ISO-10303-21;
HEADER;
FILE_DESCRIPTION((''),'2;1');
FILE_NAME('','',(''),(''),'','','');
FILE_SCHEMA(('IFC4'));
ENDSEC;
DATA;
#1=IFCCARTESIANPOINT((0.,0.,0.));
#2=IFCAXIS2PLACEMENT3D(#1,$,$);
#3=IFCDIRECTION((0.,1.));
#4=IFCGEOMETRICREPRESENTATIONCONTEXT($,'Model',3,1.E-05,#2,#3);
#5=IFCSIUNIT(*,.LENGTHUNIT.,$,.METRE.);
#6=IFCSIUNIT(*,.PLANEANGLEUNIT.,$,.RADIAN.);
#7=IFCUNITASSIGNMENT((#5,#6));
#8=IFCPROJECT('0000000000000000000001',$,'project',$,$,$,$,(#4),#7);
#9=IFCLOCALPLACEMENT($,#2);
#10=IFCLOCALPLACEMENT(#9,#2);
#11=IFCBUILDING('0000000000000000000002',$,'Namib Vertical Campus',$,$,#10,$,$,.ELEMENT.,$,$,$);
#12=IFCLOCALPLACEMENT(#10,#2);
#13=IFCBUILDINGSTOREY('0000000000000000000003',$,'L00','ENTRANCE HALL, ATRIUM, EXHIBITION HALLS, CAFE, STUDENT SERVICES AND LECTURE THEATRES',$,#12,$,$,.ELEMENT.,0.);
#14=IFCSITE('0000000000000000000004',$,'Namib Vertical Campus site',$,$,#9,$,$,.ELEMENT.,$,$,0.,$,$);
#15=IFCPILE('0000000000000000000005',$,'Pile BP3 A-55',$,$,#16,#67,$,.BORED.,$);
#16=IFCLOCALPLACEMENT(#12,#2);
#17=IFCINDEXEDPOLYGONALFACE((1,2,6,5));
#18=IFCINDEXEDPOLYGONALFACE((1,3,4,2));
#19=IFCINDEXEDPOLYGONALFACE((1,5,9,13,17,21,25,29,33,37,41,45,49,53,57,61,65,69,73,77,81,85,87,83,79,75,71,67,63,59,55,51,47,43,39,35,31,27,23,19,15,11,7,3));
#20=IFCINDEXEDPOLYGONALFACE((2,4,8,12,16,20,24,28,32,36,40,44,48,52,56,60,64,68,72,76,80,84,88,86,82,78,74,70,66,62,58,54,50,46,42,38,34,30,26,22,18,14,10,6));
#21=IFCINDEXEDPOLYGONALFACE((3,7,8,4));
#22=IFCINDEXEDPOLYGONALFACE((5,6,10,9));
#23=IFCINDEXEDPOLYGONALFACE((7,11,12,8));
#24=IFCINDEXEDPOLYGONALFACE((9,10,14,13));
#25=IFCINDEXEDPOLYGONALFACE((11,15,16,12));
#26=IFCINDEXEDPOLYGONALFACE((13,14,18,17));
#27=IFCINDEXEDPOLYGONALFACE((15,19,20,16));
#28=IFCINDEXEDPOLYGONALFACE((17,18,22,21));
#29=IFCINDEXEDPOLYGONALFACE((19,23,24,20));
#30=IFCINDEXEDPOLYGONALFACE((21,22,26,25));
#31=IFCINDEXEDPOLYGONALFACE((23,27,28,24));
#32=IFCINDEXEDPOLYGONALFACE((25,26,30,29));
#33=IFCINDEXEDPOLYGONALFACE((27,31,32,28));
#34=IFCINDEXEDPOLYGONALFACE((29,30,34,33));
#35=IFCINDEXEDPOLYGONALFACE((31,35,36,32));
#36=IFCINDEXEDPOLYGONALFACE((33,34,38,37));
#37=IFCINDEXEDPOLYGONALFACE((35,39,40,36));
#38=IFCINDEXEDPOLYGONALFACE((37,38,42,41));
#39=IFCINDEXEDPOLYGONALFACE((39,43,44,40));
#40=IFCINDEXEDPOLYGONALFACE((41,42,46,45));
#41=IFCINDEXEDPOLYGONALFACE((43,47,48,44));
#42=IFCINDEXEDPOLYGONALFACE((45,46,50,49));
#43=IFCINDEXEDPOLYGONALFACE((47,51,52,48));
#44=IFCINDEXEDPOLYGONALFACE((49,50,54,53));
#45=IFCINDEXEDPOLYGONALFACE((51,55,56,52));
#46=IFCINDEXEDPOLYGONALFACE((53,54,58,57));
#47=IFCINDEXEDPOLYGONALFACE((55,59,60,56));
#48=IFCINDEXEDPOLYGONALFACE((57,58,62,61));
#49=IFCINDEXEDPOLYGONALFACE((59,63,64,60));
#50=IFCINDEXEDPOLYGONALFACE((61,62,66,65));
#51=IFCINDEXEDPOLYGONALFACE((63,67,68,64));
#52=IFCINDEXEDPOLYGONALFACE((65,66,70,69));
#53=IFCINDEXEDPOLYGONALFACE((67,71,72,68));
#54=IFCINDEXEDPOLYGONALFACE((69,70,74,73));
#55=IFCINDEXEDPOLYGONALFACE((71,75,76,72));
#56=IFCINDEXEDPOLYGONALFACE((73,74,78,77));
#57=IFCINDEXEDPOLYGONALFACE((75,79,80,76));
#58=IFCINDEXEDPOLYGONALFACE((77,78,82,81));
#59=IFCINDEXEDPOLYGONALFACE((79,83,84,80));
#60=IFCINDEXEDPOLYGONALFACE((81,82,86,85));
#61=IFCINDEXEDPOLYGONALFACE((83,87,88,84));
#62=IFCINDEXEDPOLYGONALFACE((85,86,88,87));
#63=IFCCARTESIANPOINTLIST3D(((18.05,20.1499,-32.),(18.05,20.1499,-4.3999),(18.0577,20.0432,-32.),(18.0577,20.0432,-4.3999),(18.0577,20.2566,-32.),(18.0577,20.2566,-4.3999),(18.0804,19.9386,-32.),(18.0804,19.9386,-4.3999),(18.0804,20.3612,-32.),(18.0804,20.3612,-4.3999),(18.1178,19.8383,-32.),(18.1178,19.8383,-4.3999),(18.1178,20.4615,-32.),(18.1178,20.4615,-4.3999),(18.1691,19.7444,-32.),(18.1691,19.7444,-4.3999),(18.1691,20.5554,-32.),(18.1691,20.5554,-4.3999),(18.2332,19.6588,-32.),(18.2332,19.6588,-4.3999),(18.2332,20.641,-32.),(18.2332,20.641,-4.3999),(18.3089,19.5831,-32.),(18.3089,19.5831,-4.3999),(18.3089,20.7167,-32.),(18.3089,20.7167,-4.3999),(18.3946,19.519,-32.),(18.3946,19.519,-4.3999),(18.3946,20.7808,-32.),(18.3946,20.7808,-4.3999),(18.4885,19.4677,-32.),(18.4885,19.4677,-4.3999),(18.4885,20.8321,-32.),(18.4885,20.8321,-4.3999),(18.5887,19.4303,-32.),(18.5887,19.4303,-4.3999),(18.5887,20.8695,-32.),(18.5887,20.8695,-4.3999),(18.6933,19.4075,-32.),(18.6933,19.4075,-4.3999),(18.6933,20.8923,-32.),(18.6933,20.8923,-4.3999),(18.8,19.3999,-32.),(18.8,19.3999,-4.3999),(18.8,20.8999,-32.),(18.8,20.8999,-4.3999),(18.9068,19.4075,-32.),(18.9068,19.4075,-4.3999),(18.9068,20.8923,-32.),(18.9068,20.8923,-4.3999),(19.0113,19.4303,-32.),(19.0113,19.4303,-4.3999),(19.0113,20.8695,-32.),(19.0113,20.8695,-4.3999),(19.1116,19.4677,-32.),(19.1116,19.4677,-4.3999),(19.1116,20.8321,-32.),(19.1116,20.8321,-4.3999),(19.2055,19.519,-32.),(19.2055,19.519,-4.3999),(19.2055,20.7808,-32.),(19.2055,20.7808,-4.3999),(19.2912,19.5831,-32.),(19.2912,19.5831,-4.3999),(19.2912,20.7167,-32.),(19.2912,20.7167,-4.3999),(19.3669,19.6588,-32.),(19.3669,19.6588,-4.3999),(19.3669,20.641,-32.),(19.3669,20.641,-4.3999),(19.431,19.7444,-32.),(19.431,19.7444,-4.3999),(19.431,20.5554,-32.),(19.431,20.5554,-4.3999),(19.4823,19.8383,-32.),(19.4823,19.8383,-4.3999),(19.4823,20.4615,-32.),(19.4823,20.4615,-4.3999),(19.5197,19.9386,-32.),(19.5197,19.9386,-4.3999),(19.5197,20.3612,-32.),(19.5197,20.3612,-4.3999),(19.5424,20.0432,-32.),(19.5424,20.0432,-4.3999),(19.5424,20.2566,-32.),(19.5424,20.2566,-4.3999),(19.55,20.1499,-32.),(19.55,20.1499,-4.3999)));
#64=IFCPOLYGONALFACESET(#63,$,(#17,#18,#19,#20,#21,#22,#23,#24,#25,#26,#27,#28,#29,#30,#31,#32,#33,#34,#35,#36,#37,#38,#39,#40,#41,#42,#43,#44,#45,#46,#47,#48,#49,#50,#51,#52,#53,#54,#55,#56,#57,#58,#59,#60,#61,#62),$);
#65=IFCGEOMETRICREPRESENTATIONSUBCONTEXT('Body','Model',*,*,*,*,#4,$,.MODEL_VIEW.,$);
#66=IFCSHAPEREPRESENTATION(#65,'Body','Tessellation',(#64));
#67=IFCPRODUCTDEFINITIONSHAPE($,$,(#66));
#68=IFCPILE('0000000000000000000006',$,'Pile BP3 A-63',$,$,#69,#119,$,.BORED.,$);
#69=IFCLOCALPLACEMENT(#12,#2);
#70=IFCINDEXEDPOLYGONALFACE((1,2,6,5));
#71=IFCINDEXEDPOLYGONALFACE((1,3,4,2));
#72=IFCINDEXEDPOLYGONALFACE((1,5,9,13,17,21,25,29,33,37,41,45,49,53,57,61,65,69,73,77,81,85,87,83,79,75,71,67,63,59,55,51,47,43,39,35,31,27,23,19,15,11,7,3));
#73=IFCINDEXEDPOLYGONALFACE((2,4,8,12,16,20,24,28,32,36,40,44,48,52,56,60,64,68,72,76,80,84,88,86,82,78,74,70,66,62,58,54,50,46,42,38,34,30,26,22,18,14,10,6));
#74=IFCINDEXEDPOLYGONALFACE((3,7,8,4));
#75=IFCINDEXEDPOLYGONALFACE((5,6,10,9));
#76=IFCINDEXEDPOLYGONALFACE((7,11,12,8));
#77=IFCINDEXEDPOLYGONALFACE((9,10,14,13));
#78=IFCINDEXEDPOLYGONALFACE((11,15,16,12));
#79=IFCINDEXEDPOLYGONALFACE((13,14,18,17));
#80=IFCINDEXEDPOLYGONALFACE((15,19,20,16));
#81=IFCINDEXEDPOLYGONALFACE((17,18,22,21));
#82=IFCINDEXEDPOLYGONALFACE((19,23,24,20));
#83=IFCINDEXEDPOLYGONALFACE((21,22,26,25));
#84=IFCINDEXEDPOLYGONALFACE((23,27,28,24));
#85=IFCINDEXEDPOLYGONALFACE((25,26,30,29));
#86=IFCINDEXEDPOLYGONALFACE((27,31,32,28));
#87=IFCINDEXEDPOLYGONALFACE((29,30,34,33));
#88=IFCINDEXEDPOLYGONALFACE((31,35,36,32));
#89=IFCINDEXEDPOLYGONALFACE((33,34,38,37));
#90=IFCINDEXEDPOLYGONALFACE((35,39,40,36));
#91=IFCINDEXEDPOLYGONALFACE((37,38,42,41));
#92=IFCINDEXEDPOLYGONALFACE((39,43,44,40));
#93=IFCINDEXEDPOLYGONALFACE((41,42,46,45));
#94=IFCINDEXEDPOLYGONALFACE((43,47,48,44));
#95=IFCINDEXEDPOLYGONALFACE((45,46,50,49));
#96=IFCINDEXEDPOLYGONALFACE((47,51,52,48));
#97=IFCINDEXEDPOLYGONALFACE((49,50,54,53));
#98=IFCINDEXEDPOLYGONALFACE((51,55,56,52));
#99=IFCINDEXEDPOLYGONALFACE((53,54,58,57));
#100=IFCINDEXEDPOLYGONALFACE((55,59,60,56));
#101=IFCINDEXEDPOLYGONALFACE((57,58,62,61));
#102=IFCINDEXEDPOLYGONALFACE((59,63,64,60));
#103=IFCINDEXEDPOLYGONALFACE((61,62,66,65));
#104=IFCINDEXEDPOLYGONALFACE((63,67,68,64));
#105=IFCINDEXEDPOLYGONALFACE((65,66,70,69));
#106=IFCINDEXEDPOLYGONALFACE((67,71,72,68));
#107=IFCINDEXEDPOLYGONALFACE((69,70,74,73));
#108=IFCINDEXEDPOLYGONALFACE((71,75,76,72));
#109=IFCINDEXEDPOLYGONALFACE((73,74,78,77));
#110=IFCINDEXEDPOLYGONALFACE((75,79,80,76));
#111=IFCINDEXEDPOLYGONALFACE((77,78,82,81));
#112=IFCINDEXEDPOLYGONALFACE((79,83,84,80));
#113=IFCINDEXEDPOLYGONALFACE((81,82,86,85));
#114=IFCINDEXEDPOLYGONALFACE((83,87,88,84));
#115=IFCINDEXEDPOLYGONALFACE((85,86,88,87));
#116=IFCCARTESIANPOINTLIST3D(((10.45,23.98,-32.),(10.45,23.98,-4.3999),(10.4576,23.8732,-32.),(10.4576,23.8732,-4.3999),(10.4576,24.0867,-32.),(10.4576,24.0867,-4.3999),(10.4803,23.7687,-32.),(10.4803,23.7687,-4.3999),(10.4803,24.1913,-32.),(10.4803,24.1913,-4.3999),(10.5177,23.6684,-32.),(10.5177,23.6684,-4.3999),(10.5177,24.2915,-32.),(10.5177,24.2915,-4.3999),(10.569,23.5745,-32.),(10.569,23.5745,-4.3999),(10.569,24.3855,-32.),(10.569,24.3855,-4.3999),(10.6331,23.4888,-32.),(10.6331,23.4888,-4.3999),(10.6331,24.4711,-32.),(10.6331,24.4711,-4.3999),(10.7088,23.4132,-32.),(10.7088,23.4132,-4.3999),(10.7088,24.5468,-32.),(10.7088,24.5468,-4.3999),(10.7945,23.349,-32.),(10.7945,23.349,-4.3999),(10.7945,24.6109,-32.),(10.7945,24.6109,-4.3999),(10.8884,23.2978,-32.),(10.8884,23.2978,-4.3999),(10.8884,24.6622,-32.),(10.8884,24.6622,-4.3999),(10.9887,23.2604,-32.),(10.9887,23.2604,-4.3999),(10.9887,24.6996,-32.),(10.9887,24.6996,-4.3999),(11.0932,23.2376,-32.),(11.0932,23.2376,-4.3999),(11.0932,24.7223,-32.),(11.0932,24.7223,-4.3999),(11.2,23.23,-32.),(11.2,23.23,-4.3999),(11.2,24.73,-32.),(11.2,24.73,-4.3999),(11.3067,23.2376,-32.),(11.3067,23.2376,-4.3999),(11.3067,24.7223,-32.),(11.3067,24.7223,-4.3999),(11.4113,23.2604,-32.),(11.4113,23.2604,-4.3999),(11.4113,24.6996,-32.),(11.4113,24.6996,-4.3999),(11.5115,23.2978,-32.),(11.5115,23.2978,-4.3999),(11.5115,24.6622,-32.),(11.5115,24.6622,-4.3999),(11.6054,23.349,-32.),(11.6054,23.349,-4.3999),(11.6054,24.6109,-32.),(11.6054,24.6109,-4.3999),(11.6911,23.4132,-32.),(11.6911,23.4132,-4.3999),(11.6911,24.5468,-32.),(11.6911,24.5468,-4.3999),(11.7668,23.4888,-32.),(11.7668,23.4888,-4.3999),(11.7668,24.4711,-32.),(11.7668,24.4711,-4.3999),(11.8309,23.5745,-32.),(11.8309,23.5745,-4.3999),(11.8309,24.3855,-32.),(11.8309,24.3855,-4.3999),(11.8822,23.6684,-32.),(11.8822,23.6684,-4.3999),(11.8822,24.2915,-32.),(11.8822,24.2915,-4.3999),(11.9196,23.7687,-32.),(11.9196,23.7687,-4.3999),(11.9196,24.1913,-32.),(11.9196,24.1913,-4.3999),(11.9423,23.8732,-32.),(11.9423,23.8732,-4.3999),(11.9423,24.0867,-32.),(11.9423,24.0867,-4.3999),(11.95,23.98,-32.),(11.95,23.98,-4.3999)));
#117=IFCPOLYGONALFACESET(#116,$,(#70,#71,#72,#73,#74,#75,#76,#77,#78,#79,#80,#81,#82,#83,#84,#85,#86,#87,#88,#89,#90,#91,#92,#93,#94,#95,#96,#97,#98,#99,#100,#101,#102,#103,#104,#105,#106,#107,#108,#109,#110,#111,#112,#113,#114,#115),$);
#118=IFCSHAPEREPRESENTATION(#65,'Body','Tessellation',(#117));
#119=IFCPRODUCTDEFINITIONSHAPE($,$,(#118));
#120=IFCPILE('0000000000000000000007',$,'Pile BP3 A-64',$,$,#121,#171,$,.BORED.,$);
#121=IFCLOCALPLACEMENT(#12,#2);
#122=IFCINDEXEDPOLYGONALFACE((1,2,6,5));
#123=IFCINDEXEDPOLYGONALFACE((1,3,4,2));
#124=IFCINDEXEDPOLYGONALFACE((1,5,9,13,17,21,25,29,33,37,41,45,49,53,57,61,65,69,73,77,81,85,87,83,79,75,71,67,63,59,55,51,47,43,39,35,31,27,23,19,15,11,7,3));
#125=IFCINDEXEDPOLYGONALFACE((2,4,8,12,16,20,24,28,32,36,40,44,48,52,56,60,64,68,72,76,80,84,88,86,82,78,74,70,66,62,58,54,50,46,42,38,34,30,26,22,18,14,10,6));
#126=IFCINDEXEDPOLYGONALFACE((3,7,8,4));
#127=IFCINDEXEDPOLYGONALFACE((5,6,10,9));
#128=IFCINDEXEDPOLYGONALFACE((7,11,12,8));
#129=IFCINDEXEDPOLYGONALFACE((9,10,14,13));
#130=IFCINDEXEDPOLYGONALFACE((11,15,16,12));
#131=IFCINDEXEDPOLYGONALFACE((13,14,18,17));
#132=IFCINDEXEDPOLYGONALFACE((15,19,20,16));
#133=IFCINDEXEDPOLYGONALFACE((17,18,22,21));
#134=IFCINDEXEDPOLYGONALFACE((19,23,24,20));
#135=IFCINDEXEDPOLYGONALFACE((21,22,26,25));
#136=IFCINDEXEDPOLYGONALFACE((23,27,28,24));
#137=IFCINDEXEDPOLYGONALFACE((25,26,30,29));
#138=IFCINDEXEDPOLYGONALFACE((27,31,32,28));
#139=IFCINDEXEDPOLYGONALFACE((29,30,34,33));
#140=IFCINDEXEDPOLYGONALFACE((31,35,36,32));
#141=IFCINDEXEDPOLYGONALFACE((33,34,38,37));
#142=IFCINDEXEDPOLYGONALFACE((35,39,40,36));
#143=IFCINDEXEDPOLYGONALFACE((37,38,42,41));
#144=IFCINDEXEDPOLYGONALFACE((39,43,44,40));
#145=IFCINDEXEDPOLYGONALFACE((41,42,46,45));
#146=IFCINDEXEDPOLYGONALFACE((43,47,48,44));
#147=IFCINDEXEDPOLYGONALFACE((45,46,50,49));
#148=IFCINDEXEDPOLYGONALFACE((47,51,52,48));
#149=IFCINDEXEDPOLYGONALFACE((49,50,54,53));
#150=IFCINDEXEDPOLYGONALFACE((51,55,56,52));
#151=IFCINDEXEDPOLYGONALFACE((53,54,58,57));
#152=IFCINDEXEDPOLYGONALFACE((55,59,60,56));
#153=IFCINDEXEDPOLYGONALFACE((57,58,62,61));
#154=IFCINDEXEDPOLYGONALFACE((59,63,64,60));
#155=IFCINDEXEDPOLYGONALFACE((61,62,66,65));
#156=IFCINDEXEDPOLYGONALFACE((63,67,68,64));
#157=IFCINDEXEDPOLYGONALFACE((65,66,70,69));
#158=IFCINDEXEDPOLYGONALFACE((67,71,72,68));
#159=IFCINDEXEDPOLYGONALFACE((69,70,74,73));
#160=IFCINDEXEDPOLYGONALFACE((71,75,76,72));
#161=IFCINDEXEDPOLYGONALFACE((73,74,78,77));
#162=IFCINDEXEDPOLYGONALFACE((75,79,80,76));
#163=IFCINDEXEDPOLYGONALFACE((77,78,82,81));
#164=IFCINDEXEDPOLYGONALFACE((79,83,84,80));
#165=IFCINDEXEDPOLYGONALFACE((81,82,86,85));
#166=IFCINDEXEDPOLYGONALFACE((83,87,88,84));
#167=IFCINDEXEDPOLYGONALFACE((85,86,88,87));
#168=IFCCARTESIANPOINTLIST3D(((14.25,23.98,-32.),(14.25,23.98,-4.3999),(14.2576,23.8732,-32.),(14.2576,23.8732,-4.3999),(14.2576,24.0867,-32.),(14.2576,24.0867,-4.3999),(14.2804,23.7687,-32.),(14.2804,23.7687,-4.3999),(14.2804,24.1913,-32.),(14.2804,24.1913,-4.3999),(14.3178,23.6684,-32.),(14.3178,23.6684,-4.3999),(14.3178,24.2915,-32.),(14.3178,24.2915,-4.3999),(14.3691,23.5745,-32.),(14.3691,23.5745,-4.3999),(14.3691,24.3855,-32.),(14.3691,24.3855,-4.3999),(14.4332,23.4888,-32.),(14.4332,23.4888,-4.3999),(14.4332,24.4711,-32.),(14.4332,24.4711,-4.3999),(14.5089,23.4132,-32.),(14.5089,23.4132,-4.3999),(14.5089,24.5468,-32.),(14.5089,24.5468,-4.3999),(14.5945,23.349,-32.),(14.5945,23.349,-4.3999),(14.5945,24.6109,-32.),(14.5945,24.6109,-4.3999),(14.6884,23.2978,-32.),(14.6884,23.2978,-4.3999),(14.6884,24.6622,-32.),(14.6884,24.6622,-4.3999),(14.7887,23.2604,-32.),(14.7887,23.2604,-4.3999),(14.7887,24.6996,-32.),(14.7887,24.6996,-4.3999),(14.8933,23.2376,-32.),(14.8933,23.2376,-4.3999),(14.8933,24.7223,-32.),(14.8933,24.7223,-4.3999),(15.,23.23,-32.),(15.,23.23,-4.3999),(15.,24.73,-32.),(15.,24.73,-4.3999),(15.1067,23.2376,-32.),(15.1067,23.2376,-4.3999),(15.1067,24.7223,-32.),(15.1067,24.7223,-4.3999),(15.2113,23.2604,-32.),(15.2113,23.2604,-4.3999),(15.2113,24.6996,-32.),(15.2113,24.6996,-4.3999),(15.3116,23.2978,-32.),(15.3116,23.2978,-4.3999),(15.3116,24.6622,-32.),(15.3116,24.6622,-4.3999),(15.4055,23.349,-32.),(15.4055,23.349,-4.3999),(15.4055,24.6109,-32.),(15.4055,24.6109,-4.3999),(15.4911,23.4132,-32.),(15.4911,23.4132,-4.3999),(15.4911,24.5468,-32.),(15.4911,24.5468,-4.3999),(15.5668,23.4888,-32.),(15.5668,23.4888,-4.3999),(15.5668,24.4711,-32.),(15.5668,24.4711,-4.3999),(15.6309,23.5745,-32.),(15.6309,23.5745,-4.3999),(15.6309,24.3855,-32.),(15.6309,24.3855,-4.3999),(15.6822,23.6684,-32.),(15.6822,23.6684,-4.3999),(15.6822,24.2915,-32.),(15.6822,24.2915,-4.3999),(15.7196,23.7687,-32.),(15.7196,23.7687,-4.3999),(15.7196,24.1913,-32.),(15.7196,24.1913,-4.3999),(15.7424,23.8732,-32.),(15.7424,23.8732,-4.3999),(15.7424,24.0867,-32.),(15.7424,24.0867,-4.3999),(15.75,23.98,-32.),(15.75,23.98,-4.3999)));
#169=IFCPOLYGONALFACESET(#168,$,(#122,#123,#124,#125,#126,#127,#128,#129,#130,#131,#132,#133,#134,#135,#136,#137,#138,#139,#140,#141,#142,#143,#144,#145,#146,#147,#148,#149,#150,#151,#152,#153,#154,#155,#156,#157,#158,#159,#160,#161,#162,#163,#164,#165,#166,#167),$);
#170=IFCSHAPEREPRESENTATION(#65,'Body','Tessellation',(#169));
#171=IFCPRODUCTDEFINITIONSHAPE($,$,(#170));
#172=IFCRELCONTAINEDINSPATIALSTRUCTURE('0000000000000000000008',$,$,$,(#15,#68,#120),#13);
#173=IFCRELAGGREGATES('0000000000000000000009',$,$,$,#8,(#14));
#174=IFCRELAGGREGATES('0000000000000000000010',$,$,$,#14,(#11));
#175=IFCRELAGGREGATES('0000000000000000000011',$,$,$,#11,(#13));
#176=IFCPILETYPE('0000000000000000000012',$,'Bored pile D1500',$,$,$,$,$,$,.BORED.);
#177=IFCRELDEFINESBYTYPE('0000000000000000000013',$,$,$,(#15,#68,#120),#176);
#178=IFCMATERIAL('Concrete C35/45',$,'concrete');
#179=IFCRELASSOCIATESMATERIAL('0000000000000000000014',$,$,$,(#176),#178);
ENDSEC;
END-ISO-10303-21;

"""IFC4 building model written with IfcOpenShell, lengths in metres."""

from ifc_helpers import new_model, si_unit, direction, frame, origin, origin_2d, place, context, subcontext, project, spatial, circle, extrude, material, material_profile, profile_set, type_object, element, save


model = new_model("IFC4")

# Units and contexts
model_context = context("Model", 3, precision=1e-05, world=origin(), true_north=direction((0.0, 1.0)))
body_context = subcontext(model_context, "Body", "Model", "MODEL_VIEW")
ifc_project = project(units=[si_unit("LENGTHUNIT", "METRE"), si_unit("PLANEANGLEUNIT", "RADIAN")], contexts=[model_context])

# Site, building, storey
site_placement = place(None, origin())
site = spatial("IfcSite", under=ifc_project, at=site_placement, Name="Namib Vertical Campus site", CompositionType="ELEMENT", RefElevation=0.0)
building_placement = place(site_placement, origin())
building = spatial("IfcBuilding", under=site, at=building_placement, Name="Namib Vertical Campus", CompositionType="ELEMENT")
storey_placement = place(building_placement, origin())
storey = spatial("IfcBuildingStorey", under=building, at=storey_placement, Name="L00", Description="ENTRANCE HALL, ATRIUM, EXHIBITION HALLS, CAFE, STUDENT SERVICES AND LECTURE THEATRES", CompositionType="ELEMENT", Elevation=0.0)

# Piles
ifc_material_1 = material(Name="Concrete C35/45", Category="concrete")
ifc_material_profile = material_profile(ifc_material_1, circle(Radius=0.75, at=origin_2d()))
ifc_profile_set = profile_set([ifc_material_profile], Name="Concrete C35/45")
pile_type = type_object("IfcPileType", Name="Bored pile D1500", PredefinedType="BORED", material=ifc_profile_set)
for number, where, z_axis, x_axis, name in (
    (1, (18.8, 20.1499, -4.3999), (0.0, 0.0, -1.0), (1.0, 0.0, 0.0), "Pile BP3 A-55"),
    (2, (11.2, 23.98, -4.3999), (0.0, 0.0, -1.0), (1.0, 0.0, 0.0), "Pile BP3 A-63"),
    (3, (15.0, 23.98, -4.3999), (0.0, 0.0, -1.0), (1.0, 0.0, 0.0), "Pile BP3 A-64"),
):
    element("IfcPile", number, at=place(storey_placement, frame(where, z_axis=z_axis, x_axis=x_axis)), inside=storey, type_object=pile_type, Name=name, PredefinedType="BORED", context=body_context, shape_type="SweptSolid", body=[
        extrude(circle(Radius=0.75, at=origin_2d()), origin(), (0.0, 0.0, 1.0), 27.6001),
    ])

save(model, "model.ifc")
